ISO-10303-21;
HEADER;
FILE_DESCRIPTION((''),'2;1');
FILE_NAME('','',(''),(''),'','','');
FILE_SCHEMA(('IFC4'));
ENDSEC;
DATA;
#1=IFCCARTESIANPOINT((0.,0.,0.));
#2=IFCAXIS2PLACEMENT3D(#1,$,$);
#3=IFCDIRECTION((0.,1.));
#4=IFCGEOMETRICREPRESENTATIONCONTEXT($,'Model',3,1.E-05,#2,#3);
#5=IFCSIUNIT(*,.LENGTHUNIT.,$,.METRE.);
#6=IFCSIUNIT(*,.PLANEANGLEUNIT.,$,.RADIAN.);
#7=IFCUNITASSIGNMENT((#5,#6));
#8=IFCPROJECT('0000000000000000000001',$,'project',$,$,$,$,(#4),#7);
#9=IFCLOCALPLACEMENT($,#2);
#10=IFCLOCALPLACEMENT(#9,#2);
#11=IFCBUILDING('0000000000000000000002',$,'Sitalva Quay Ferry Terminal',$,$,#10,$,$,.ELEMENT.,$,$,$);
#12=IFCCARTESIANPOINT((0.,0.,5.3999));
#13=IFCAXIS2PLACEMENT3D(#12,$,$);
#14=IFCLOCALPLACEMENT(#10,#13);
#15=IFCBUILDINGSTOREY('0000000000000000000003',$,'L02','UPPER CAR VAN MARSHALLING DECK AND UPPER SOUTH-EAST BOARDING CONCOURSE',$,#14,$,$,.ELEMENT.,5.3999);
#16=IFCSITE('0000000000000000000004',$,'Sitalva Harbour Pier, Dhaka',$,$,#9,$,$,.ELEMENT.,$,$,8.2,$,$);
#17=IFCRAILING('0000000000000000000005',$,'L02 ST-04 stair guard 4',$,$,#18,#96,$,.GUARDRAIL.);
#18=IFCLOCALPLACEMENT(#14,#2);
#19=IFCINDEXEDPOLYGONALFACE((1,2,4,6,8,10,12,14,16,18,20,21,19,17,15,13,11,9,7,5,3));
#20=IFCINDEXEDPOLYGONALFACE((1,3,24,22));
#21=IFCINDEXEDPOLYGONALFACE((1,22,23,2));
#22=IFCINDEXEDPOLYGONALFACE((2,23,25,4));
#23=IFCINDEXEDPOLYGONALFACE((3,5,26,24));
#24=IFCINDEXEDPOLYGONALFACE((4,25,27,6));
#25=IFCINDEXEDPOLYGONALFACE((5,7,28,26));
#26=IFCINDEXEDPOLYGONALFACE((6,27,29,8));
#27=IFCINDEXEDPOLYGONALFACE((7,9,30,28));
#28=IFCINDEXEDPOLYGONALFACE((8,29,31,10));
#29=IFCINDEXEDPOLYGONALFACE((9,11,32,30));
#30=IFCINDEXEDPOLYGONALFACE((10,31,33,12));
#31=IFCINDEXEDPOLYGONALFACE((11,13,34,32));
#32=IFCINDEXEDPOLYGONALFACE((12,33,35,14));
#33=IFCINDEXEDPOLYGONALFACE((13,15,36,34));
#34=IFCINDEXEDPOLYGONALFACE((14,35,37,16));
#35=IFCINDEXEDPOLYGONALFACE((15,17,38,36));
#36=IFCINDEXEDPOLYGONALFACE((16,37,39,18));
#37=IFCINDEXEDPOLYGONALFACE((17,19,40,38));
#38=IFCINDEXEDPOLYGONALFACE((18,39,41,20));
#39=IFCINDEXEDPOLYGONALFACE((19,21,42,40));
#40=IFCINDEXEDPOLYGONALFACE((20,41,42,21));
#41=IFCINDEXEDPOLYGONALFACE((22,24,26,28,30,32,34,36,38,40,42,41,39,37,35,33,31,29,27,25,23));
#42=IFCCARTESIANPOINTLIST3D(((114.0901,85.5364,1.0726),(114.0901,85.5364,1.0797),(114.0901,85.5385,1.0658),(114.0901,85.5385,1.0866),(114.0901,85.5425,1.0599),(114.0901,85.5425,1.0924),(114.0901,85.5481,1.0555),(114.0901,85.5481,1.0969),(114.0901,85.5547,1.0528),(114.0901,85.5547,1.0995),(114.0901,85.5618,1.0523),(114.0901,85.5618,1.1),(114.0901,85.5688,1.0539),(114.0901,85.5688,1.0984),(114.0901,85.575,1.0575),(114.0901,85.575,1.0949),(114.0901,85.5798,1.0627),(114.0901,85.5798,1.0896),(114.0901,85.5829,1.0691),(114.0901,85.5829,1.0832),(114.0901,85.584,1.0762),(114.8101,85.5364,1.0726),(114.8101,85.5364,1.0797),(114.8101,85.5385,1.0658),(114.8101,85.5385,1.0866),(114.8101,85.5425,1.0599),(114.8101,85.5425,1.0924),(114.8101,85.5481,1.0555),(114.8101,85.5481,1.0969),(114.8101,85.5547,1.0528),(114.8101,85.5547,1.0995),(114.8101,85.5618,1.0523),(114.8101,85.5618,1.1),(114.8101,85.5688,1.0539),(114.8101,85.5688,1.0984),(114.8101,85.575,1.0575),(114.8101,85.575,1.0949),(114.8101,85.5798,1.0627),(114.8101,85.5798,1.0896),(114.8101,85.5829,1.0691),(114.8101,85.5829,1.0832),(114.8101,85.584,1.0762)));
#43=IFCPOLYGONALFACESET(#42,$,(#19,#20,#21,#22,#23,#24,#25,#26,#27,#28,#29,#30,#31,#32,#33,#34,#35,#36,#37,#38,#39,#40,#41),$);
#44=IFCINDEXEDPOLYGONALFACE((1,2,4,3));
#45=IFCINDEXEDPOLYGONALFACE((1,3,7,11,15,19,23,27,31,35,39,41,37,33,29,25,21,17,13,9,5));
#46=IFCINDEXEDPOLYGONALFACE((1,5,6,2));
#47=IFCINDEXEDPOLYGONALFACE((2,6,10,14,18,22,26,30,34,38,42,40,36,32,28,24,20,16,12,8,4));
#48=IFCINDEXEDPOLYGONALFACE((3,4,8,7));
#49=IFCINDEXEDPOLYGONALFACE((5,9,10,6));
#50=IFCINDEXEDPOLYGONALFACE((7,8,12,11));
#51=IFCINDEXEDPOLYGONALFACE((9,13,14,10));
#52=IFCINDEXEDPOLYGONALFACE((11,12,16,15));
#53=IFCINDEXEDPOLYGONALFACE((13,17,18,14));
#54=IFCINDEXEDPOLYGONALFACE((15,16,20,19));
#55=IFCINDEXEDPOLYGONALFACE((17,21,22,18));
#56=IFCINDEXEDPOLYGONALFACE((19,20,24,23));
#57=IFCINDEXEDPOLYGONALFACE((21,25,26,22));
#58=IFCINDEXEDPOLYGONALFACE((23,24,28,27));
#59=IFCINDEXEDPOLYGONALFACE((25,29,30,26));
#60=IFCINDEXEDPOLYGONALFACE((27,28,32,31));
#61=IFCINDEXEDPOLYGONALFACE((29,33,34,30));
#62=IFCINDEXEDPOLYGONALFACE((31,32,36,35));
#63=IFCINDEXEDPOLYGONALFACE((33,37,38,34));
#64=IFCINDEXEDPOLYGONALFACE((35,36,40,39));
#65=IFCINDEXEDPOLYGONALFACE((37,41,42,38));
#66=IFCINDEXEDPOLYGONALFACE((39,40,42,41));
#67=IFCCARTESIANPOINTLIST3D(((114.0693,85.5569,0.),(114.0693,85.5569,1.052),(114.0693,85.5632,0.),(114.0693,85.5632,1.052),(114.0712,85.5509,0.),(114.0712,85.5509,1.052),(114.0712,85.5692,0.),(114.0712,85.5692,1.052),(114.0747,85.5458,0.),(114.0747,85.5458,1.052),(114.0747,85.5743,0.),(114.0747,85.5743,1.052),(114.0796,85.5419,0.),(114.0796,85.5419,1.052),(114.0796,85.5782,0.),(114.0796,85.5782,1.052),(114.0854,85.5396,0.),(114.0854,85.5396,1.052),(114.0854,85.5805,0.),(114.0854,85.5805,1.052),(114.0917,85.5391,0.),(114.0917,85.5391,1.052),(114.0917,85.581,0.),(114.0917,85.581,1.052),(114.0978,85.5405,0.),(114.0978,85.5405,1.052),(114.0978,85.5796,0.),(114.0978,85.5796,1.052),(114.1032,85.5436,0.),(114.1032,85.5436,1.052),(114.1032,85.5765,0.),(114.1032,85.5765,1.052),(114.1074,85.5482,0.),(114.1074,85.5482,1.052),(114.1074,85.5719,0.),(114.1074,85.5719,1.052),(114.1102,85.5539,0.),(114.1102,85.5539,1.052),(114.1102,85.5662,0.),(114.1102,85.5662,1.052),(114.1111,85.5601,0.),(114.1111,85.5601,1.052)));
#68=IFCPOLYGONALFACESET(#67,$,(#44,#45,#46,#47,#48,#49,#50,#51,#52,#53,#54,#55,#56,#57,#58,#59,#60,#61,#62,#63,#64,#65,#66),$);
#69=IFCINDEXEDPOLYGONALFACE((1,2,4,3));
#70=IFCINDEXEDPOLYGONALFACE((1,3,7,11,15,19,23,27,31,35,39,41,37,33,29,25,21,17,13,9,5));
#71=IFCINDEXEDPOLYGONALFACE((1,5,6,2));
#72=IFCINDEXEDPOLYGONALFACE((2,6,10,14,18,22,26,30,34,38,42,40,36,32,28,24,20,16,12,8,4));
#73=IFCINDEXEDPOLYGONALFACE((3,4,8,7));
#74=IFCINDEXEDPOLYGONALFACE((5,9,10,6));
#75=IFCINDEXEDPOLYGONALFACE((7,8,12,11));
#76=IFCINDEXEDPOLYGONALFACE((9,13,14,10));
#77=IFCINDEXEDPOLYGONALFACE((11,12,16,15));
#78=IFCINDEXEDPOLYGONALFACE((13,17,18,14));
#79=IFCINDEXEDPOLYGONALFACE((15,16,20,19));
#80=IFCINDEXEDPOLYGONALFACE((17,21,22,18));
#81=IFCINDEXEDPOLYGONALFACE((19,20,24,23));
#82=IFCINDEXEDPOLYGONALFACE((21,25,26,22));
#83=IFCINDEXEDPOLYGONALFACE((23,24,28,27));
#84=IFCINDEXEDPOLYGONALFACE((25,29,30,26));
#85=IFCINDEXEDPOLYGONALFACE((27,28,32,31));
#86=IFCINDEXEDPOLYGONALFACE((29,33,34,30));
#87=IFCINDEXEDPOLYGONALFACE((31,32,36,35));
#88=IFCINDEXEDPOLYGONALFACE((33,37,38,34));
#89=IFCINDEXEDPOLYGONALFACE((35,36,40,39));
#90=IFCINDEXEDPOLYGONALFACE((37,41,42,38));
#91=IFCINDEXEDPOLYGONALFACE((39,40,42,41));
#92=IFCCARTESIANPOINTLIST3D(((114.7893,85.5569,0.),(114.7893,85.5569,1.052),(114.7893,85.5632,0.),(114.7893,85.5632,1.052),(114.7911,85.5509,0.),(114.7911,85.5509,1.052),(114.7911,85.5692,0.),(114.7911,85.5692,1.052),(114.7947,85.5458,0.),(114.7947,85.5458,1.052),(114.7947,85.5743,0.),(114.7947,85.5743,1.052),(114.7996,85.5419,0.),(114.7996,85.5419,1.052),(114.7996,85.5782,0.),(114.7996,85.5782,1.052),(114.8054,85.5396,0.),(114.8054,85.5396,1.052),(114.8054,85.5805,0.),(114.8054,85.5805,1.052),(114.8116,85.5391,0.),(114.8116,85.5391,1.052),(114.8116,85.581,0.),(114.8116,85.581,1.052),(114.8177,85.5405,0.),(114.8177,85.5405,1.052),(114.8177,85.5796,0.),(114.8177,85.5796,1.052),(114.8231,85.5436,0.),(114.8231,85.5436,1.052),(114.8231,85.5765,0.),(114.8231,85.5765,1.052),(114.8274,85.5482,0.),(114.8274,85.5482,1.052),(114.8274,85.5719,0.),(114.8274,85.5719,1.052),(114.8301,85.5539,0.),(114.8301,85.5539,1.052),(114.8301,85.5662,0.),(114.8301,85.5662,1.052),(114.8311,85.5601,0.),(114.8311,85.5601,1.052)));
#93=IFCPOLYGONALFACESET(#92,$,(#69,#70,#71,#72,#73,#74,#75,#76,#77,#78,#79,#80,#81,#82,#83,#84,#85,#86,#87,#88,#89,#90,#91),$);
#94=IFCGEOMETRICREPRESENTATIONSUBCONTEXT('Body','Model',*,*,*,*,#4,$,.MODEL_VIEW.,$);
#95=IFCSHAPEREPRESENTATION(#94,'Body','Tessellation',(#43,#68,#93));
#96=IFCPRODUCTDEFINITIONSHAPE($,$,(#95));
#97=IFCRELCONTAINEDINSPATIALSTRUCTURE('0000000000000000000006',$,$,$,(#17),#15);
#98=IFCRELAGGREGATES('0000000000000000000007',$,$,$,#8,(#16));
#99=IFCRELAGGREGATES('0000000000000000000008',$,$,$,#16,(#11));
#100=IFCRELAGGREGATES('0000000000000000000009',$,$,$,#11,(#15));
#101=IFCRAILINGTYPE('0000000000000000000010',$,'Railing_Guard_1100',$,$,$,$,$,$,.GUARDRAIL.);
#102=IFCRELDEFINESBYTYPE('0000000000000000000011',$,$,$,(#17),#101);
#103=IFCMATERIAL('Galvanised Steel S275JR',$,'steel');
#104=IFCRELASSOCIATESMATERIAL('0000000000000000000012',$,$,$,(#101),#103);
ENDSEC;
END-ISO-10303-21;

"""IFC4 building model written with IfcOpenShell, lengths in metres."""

from ifc_helpers import new_model, si_unit, direction, frame, origin, origin_2d, place, context, subcontext, project, spatial, circle, extrude, material, type_object, element, save


model = new_model("IFC4")

# Units and contexts
model_context = context("Model", 3, precision=1e-05, world=origin(), true_north=direction((0.0, 1.0)))
body_context = subcontext(model_context, "Body", "Model", "MODEL_VIEW")
ifc_project = project(units=[si_unit("LENGTHUNIT", "METRE"), si_unit("PLANEANGLEUNIT", "RADIAN")], contexts=[model_context])

# Site, building, storey
site_placement = place(None, origin())
site = spatial("IfcSite", under=ifc_project, at=site_placement, Name="Sitalva Harbour Pier, Dhaka", CompositionType="ELEMENT", RefElevation=8.2)
building_placement = place(site_placement, origin())
building = spatial("IfcBuilding", under=site, at=building_placement, Name="Sitalva Quay Ferry Terminal", CompositionType="ELEMENT")
storey_placement = place(building_placement, frame((0.0, 0.0, 5.3999)))
storey = spatial("IfcBuildingStorey", under=building, at=storey_placement, Name="L02", Description="UPPER CAR VAN MARSHALLING DECK AND UPPER SOUTH-EAST BOARDING CONCOURSE", CompositionType="ELEMENT", Elevation=5.3999)

# Railing
ifc_material_1 = material(Name="Galvanised Steel S275JR", Category="steel")
railing_type_1 = type_object("IfcRailingType", Name="Railing_Guard_1100", PredefinedType="GUARDRAIL", material=ifc_material_1)
railing_1_placement = place(storey_placement, frame((114.0901, 85.5601, 0.0)))
element("IfcRailing", 1, at=railing_1_placement, inside=storey, type_object=railing_type_1, Name="L02 ST-04 stair guard 4", PredefinedType="GUARDRAIL", context=body_context, shape_type="SweptSolid", body=[
    extrude(circle(Radius=0.0239, at=origin_2d()), frame((0.0, 0.0, 1.0762), z_axis=(1.0, 0.0, 0.0), x_axis=(0.0, 1.0, 0.0)), (0.0, 0.0, 1.0), 0.72),
    extrude(circle(Radius=0.021, at=origin_2d()), origin(), (0.0, 0.0, 1.0), 1.052),
    extrude(circle(Radius=0.021, at=origin_2d()), frame((0.72, 0.0, 0.0)), (0.0, 0.0, 1.0), 1.052),
])

save(model, "model.ifc")
